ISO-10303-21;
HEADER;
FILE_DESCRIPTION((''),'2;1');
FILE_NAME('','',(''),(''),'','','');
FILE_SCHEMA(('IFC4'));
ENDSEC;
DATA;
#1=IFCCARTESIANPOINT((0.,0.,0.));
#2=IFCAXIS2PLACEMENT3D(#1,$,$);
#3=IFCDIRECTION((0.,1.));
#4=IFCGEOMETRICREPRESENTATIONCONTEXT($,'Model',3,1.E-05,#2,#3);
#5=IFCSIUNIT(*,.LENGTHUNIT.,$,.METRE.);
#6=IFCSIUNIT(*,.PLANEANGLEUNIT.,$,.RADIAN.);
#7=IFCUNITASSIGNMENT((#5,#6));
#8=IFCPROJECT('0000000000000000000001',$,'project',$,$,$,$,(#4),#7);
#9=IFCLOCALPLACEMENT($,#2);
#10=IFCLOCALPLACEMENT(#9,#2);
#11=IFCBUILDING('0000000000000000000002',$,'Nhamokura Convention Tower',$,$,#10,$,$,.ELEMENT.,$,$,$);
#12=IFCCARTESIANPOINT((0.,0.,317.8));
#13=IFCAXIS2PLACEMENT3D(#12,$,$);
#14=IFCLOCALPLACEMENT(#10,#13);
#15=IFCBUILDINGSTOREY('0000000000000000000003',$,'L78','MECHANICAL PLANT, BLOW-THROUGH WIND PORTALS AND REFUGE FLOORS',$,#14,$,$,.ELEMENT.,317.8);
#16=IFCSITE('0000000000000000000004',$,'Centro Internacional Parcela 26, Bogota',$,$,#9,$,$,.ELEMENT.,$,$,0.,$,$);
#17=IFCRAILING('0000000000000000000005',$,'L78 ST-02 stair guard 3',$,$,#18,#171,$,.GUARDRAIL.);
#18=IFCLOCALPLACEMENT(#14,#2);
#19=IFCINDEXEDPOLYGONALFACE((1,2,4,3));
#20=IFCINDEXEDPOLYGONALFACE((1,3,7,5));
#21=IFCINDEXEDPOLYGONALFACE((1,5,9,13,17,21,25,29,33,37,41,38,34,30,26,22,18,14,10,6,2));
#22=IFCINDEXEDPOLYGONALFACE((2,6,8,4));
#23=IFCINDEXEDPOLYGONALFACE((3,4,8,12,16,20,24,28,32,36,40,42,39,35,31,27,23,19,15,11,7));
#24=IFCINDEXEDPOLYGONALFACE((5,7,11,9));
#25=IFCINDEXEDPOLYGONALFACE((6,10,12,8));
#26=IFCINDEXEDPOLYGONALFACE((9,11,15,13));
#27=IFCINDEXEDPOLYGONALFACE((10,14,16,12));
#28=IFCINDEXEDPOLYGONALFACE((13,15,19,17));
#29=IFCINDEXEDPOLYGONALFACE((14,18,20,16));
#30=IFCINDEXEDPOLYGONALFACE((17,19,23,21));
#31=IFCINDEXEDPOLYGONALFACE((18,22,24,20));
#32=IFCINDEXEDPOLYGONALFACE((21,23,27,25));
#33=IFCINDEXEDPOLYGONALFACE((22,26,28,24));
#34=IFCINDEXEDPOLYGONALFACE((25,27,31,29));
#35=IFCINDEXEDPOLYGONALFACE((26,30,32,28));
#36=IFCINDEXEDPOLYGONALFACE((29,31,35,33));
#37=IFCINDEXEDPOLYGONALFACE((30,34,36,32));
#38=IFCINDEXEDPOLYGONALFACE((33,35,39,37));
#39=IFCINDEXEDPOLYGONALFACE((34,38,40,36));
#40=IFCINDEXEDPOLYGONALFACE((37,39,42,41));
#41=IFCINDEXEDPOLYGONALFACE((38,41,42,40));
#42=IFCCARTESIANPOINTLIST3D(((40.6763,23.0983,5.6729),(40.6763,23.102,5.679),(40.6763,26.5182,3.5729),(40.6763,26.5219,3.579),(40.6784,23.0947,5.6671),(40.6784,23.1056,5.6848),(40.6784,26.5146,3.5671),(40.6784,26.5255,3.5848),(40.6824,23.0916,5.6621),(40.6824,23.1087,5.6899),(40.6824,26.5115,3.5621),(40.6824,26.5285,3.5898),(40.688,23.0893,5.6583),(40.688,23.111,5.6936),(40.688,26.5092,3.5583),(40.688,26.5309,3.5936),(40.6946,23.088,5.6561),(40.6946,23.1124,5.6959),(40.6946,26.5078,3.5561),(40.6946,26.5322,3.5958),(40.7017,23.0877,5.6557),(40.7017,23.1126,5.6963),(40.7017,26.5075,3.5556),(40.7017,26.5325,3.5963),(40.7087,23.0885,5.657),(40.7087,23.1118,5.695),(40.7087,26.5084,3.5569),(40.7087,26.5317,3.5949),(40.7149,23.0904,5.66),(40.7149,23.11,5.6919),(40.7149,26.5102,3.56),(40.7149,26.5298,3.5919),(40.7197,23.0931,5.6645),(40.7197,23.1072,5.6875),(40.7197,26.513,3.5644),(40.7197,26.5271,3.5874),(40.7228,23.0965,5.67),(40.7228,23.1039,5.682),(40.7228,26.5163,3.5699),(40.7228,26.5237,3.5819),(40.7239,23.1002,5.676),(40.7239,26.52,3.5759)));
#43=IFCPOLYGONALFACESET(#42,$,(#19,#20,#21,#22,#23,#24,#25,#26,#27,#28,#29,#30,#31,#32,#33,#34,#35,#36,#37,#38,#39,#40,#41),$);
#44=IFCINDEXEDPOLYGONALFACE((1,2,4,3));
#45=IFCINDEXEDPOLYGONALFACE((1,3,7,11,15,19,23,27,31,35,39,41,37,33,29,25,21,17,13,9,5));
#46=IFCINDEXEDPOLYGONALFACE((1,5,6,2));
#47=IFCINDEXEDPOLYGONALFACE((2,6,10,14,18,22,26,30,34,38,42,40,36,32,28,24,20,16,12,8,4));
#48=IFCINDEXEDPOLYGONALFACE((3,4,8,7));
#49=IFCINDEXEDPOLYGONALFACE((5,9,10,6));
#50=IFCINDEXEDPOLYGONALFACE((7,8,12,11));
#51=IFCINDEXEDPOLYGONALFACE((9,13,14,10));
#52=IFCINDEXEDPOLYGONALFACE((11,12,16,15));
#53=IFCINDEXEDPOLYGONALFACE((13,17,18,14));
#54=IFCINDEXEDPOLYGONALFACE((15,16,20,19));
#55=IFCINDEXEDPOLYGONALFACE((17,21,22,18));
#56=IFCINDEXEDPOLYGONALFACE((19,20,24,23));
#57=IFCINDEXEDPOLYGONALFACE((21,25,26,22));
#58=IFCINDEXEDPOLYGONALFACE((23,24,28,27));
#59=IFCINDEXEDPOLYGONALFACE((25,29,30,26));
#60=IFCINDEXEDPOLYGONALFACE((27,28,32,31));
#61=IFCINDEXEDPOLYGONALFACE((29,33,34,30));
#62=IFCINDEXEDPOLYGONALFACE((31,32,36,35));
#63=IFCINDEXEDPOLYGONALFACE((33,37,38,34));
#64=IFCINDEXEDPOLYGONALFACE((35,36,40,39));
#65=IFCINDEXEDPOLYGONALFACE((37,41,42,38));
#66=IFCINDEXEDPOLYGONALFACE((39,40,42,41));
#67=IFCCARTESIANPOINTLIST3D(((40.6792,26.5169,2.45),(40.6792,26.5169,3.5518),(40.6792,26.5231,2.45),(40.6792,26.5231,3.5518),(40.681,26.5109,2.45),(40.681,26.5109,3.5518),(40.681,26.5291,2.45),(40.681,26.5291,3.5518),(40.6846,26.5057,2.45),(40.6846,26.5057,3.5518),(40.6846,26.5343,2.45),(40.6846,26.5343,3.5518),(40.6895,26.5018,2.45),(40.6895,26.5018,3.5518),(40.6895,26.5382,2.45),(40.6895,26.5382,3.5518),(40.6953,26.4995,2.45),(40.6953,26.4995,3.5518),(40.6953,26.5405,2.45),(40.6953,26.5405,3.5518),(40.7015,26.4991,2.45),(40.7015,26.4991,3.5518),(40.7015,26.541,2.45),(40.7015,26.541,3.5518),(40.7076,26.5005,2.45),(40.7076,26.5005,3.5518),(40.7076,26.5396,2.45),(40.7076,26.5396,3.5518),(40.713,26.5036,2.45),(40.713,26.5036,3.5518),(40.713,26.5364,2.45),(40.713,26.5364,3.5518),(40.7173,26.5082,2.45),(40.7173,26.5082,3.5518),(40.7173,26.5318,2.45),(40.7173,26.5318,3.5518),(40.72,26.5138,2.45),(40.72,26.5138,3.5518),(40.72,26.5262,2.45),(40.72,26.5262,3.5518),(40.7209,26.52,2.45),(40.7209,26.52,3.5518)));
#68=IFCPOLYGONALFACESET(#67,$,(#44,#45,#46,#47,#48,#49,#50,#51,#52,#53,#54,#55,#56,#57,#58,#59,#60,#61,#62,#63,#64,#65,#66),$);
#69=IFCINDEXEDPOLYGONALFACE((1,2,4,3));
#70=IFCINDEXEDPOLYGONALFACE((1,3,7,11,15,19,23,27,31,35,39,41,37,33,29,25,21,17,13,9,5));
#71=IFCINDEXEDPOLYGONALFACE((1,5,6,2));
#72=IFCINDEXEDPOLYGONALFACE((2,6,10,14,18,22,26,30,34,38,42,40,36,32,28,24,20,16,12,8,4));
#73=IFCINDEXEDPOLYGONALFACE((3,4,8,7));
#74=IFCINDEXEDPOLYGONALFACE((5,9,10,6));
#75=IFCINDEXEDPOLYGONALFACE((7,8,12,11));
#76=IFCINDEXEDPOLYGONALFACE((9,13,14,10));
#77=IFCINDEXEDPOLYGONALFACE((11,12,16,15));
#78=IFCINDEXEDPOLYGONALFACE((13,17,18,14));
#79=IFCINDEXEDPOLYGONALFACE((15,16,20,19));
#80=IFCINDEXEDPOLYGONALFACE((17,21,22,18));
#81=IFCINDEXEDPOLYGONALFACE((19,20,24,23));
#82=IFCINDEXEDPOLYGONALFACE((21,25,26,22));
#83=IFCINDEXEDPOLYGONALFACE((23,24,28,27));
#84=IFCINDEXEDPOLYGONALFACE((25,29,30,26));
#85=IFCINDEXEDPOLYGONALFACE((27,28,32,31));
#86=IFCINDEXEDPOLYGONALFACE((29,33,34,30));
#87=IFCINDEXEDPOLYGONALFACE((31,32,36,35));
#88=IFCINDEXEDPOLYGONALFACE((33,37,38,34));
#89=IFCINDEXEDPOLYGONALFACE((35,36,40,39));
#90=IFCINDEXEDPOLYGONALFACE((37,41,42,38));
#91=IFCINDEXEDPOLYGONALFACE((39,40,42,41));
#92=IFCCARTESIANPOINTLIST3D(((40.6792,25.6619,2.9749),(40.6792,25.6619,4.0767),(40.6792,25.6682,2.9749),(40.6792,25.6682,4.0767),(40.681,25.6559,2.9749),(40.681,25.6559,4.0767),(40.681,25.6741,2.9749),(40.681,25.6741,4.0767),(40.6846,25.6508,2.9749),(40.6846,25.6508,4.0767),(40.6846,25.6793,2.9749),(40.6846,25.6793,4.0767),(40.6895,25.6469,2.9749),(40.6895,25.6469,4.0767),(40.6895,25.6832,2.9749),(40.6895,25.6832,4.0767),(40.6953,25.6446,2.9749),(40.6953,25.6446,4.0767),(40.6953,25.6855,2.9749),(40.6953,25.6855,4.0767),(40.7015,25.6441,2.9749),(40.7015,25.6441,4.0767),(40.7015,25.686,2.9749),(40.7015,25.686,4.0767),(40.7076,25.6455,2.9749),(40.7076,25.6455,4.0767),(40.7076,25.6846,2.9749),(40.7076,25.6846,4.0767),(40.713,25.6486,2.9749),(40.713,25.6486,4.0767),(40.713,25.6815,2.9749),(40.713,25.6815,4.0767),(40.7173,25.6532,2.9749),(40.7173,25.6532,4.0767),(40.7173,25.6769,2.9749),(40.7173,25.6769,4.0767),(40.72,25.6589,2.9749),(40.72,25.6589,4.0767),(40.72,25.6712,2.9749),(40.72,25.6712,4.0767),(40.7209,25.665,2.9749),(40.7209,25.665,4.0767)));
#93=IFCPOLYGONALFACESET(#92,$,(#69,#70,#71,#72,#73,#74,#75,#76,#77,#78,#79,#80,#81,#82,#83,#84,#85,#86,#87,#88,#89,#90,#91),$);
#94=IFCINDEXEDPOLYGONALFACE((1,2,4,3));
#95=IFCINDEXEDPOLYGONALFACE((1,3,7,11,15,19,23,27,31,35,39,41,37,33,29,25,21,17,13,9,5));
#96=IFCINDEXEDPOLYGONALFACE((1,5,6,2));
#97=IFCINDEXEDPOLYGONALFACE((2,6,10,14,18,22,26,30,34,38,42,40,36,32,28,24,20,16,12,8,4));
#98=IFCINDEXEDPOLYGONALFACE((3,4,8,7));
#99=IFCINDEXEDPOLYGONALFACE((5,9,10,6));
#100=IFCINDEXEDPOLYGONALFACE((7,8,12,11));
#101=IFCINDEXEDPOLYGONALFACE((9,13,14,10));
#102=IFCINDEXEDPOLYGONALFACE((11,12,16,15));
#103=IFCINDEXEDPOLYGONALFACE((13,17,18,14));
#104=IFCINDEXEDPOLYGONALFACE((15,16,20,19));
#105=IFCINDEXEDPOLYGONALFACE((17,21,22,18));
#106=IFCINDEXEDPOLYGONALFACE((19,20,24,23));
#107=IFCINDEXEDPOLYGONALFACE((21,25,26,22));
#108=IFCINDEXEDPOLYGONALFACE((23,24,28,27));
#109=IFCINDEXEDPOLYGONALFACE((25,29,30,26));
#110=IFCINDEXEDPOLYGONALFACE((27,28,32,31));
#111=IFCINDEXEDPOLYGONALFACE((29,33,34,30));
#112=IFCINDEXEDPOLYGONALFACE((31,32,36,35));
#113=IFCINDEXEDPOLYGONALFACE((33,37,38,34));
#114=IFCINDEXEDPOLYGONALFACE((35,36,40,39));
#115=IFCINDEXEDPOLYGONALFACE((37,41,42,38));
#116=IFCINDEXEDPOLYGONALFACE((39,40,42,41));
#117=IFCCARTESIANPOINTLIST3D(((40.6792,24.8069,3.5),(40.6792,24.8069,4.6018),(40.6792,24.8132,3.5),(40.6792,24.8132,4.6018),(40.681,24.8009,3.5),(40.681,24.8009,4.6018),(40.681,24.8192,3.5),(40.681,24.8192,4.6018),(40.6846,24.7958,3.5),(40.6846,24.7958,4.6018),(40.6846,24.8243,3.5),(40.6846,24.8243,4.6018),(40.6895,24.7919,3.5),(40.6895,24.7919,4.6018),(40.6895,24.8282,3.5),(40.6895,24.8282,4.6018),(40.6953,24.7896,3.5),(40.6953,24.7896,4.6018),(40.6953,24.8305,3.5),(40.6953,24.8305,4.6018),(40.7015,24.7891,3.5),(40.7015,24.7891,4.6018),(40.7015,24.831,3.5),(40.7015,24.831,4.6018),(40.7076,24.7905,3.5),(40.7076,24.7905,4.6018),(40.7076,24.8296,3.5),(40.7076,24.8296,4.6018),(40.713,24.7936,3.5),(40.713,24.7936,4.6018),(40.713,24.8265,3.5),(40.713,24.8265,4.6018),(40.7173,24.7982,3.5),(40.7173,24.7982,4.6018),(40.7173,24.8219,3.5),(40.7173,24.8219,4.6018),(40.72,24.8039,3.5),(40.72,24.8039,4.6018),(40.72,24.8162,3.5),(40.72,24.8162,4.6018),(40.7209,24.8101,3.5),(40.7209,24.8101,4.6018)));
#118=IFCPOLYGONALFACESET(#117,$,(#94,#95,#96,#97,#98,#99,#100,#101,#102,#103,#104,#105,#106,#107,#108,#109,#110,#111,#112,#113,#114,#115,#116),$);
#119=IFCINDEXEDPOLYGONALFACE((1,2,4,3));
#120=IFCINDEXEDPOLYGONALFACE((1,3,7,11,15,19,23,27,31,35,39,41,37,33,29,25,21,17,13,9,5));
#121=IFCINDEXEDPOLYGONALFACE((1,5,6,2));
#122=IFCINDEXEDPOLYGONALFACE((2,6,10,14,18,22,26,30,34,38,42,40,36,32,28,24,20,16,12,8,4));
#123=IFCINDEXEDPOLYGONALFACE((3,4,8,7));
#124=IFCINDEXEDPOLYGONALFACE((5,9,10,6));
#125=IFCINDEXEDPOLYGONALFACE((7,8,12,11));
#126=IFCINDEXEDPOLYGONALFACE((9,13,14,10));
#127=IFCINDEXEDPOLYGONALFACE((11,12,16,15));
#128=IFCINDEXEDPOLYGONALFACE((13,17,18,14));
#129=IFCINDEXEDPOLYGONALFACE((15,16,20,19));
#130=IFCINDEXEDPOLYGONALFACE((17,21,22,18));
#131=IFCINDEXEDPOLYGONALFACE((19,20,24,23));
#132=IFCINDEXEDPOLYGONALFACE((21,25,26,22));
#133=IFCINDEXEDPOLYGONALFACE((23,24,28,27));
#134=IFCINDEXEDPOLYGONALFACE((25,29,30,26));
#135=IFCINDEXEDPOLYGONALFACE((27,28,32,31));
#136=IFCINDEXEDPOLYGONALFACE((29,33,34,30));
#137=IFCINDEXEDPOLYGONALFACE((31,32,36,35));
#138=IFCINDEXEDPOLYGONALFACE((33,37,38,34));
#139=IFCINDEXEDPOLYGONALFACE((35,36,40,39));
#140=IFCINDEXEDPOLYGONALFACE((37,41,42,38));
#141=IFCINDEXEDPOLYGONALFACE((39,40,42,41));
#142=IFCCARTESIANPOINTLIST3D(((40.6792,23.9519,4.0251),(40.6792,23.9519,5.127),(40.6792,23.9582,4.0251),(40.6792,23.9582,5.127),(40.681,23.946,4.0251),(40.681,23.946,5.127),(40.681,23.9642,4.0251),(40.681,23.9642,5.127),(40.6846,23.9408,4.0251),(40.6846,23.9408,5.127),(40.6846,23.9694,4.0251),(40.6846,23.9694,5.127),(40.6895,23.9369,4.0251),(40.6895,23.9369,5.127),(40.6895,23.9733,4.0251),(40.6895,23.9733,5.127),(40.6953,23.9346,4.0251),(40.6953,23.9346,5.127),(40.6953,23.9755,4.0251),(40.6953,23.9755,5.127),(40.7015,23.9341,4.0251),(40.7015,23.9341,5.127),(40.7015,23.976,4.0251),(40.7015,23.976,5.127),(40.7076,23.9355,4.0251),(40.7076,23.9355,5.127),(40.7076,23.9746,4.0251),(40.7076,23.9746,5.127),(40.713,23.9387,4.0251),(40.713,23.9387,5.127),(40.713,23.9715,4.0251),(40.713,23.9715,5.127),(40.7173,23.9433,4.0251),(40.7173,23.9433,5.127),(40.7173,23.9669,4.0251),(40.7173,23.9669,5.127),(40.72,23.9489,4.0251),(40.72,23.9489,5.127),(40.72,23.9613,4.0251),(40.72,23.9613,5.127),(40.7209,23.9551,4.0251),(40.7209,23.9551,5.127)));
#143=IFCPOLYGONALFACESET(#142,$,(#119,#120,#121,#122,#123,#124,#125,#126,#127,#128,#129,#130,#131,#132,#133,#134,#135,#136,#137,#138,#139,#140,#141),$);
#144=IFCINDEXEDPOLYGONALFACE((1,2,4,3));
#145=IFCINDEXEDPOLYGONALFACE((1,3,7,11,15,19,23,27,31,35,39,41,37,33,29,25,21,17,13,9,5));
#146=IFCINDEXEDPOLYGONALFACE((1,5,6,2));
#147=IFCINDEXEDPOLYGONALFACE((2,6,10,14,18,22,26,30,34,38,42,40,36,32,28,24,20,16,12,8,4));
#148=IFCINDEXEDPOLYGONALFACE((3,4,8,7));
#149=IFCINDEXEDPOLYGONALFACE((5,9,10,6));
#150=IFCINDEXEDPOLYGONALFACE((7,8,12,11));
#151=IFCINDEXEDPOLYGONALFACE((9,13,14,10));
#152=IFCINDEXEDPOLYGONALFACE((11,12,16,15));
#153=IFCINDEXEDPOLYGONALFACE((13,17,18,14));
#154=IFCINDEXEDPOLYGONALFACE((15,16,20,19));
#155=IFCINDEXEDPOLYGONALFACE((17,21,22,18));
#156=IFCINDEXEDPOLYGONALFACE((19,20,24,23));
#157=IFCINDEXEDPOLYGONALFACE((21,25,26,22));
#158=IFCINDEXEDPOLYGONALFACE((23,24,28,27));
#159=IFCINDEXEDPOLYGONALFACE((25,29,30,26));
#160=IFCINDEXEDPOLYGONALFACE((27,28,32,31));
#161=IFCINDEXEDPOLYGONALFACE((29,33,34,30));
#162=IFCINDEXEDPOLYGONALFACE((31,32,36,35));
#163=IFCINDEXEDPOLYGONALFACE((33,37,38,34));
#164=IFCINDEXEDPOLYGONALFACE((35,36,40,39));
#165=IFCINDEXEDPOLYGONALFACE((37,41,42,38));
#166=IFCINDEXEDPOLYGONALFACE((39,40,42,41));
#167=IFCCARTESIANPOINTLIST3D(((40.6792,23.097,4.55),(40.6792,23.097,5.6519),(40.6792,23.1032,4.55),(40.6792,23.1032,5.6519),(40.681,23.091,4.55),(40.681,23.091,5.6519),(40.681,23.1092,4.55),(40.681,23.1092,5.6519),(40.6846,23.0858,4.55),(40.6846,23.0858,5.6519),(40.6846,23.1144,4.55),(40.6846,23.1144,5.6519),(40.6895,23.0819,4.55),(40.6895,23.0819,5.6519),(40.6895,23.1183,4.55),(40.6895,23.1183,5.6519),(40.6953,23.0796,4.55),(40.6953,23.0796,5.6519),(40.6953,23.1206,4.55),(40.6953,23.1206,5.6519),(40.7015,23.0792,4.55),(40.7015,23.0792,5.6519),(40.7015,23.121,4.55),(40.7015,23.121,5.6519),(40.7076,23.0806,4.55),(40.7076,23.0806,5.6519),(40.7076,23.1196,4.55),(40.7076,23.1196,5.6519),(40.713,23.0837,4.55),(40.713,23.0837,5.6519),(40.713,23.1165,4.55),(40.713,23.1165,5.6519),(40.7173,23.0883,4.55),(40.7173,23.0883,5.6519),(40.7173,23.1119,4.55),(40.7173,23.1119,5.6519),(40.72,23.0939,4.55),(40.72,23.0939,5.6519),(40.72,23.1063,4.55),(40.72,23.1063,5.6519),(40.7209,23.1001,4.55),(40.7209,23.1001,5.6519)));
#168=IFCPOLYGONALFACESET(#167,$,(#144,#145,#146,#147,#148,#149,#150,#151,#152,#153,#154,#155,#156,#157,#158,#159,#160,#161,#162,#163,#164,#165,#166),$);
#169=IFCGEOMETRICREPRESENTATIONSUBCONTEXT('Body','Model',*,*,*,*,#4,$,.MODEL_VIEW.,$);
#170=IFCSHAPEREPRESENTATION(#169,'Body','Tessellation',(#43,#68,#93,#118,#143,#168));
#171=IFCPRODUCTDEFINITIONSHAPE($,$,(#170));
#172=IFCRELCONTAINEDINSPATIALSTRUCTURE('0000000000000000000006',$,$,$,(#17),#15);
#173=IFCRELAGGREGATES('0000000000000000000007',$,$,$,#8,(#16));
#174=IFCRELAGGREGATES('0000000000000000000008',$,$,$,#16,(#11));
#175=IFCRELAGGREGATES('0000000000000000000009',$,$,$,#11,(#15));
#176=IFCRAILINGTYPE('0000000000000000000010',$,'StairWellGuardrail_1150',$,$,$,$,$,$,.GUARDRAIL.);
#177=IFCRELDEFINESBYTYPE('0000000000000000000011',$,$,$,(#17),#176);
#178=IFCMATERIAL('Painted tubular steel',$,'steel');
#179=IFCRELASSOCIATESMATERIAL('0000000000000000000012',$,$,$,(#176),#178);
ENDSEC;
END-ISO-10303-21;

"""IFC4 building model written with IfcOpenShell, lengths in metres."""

from ifc_helpers import new_model, si_unit, direction, frame, origin, origin_2d, place, context, subcontext, project, spatial, circle, extrude, material, type_object, element, save


model = new_model("IFC4")

# Units and contexts
model_context = context("Model", 3, precision=1e-05, world=origin(), true_north=direction((0.0, 1.0)))
body_context = subcontext(model_context, "Body", "Model", "MODEL_VIEW")
ifc_project = project(units=[si_unit("LENGTHUNIT", "METRE"), si_unit("PLANEANGLEUNIT", "RADIAN")], contexts=[model_context])

# Site, building, storey
site_placement = place(None, origin())
site = spatial("IfcSite", under=ifc_project, at=site_placement, Name="Centro Internacional Parcela 26, Bogota", CompositionType="ELEMENT", RefElevation=0.0)
building_placement = place(site_placement, origin())
building = spatial("IfcBuilding", under=site, at=building_placement, Name="Nhamokura Convention Tower", CompositionType="ELEMENT")
storey_placement = place(building_placement, frame((0.0, 0.0, 317.8)))
storey = spatial("IfcBuildingStorey", under=building, at=storey_placement, Name="L78", Description="MECHANICAL PLANT, BLOW-THROUGH WIND PORTALS AND REFUGE FLOORS", CompositionType="ELEMENT", Elevation=317.8)

# Railing
ifc_material_1 = material(Name="Painted tubular steel", Category="steel")
railing_type_1 = type_object("IfcRailingType", Name="StairWellGuardrail_1150", PredefinedType="GUARDRAIL", material=ifc_material_1)
railing_1_placement = place(storey_placement, frame((40.7, 26.52, 2.45)))
element("IfcRailing", 1, at=railing_1_placement, inside=storey, type_object=railing_type_1, Name="L78 ST-02 stair guard 3", PredefinedType="GUARDRAIL", context=body_context, shape_type="SweptSolid", body=[
    extrude(circle(Radius=0.0239, at=origin_2d()), frame((0.0, 0.0, 1.126), z_axis=(0.0, -0.852155, 0.523289), x_axis=(1.0, 0.0, 0.0)), (0.0, 0.0, 1.0), 4.0132),
    extrude(circle(Radius=0.021, at=origin_2d()), origin(), (0.0, 0.0, 1.0), 1.1018),
    extrude(circle(Radius=0.021, at=origin_2d()), frame((0.0, -0.855, 0.5249)), (0.0, 0.0, 1.0), 1.1018),
    extrude(circle(Radius=0.021, at=origin_2d()), frame((0.0, -1.71, 1.05)), (0.0, 0.0, 1.0), 1.1018),
    extrude(circle(Radius=0.021, at=origin_2d()), frame((0.0, -2.5649, 1.5752)), (0.0, 0.0, 1.0), 1.1018),
    extrude(circle(Radius=0.021, at=origin_2d()), frame((0.0, -3.4199, 2.1001)), (0.0, 0.0, 1.0), 1.1018),
])

save(model, "model.ifc")
